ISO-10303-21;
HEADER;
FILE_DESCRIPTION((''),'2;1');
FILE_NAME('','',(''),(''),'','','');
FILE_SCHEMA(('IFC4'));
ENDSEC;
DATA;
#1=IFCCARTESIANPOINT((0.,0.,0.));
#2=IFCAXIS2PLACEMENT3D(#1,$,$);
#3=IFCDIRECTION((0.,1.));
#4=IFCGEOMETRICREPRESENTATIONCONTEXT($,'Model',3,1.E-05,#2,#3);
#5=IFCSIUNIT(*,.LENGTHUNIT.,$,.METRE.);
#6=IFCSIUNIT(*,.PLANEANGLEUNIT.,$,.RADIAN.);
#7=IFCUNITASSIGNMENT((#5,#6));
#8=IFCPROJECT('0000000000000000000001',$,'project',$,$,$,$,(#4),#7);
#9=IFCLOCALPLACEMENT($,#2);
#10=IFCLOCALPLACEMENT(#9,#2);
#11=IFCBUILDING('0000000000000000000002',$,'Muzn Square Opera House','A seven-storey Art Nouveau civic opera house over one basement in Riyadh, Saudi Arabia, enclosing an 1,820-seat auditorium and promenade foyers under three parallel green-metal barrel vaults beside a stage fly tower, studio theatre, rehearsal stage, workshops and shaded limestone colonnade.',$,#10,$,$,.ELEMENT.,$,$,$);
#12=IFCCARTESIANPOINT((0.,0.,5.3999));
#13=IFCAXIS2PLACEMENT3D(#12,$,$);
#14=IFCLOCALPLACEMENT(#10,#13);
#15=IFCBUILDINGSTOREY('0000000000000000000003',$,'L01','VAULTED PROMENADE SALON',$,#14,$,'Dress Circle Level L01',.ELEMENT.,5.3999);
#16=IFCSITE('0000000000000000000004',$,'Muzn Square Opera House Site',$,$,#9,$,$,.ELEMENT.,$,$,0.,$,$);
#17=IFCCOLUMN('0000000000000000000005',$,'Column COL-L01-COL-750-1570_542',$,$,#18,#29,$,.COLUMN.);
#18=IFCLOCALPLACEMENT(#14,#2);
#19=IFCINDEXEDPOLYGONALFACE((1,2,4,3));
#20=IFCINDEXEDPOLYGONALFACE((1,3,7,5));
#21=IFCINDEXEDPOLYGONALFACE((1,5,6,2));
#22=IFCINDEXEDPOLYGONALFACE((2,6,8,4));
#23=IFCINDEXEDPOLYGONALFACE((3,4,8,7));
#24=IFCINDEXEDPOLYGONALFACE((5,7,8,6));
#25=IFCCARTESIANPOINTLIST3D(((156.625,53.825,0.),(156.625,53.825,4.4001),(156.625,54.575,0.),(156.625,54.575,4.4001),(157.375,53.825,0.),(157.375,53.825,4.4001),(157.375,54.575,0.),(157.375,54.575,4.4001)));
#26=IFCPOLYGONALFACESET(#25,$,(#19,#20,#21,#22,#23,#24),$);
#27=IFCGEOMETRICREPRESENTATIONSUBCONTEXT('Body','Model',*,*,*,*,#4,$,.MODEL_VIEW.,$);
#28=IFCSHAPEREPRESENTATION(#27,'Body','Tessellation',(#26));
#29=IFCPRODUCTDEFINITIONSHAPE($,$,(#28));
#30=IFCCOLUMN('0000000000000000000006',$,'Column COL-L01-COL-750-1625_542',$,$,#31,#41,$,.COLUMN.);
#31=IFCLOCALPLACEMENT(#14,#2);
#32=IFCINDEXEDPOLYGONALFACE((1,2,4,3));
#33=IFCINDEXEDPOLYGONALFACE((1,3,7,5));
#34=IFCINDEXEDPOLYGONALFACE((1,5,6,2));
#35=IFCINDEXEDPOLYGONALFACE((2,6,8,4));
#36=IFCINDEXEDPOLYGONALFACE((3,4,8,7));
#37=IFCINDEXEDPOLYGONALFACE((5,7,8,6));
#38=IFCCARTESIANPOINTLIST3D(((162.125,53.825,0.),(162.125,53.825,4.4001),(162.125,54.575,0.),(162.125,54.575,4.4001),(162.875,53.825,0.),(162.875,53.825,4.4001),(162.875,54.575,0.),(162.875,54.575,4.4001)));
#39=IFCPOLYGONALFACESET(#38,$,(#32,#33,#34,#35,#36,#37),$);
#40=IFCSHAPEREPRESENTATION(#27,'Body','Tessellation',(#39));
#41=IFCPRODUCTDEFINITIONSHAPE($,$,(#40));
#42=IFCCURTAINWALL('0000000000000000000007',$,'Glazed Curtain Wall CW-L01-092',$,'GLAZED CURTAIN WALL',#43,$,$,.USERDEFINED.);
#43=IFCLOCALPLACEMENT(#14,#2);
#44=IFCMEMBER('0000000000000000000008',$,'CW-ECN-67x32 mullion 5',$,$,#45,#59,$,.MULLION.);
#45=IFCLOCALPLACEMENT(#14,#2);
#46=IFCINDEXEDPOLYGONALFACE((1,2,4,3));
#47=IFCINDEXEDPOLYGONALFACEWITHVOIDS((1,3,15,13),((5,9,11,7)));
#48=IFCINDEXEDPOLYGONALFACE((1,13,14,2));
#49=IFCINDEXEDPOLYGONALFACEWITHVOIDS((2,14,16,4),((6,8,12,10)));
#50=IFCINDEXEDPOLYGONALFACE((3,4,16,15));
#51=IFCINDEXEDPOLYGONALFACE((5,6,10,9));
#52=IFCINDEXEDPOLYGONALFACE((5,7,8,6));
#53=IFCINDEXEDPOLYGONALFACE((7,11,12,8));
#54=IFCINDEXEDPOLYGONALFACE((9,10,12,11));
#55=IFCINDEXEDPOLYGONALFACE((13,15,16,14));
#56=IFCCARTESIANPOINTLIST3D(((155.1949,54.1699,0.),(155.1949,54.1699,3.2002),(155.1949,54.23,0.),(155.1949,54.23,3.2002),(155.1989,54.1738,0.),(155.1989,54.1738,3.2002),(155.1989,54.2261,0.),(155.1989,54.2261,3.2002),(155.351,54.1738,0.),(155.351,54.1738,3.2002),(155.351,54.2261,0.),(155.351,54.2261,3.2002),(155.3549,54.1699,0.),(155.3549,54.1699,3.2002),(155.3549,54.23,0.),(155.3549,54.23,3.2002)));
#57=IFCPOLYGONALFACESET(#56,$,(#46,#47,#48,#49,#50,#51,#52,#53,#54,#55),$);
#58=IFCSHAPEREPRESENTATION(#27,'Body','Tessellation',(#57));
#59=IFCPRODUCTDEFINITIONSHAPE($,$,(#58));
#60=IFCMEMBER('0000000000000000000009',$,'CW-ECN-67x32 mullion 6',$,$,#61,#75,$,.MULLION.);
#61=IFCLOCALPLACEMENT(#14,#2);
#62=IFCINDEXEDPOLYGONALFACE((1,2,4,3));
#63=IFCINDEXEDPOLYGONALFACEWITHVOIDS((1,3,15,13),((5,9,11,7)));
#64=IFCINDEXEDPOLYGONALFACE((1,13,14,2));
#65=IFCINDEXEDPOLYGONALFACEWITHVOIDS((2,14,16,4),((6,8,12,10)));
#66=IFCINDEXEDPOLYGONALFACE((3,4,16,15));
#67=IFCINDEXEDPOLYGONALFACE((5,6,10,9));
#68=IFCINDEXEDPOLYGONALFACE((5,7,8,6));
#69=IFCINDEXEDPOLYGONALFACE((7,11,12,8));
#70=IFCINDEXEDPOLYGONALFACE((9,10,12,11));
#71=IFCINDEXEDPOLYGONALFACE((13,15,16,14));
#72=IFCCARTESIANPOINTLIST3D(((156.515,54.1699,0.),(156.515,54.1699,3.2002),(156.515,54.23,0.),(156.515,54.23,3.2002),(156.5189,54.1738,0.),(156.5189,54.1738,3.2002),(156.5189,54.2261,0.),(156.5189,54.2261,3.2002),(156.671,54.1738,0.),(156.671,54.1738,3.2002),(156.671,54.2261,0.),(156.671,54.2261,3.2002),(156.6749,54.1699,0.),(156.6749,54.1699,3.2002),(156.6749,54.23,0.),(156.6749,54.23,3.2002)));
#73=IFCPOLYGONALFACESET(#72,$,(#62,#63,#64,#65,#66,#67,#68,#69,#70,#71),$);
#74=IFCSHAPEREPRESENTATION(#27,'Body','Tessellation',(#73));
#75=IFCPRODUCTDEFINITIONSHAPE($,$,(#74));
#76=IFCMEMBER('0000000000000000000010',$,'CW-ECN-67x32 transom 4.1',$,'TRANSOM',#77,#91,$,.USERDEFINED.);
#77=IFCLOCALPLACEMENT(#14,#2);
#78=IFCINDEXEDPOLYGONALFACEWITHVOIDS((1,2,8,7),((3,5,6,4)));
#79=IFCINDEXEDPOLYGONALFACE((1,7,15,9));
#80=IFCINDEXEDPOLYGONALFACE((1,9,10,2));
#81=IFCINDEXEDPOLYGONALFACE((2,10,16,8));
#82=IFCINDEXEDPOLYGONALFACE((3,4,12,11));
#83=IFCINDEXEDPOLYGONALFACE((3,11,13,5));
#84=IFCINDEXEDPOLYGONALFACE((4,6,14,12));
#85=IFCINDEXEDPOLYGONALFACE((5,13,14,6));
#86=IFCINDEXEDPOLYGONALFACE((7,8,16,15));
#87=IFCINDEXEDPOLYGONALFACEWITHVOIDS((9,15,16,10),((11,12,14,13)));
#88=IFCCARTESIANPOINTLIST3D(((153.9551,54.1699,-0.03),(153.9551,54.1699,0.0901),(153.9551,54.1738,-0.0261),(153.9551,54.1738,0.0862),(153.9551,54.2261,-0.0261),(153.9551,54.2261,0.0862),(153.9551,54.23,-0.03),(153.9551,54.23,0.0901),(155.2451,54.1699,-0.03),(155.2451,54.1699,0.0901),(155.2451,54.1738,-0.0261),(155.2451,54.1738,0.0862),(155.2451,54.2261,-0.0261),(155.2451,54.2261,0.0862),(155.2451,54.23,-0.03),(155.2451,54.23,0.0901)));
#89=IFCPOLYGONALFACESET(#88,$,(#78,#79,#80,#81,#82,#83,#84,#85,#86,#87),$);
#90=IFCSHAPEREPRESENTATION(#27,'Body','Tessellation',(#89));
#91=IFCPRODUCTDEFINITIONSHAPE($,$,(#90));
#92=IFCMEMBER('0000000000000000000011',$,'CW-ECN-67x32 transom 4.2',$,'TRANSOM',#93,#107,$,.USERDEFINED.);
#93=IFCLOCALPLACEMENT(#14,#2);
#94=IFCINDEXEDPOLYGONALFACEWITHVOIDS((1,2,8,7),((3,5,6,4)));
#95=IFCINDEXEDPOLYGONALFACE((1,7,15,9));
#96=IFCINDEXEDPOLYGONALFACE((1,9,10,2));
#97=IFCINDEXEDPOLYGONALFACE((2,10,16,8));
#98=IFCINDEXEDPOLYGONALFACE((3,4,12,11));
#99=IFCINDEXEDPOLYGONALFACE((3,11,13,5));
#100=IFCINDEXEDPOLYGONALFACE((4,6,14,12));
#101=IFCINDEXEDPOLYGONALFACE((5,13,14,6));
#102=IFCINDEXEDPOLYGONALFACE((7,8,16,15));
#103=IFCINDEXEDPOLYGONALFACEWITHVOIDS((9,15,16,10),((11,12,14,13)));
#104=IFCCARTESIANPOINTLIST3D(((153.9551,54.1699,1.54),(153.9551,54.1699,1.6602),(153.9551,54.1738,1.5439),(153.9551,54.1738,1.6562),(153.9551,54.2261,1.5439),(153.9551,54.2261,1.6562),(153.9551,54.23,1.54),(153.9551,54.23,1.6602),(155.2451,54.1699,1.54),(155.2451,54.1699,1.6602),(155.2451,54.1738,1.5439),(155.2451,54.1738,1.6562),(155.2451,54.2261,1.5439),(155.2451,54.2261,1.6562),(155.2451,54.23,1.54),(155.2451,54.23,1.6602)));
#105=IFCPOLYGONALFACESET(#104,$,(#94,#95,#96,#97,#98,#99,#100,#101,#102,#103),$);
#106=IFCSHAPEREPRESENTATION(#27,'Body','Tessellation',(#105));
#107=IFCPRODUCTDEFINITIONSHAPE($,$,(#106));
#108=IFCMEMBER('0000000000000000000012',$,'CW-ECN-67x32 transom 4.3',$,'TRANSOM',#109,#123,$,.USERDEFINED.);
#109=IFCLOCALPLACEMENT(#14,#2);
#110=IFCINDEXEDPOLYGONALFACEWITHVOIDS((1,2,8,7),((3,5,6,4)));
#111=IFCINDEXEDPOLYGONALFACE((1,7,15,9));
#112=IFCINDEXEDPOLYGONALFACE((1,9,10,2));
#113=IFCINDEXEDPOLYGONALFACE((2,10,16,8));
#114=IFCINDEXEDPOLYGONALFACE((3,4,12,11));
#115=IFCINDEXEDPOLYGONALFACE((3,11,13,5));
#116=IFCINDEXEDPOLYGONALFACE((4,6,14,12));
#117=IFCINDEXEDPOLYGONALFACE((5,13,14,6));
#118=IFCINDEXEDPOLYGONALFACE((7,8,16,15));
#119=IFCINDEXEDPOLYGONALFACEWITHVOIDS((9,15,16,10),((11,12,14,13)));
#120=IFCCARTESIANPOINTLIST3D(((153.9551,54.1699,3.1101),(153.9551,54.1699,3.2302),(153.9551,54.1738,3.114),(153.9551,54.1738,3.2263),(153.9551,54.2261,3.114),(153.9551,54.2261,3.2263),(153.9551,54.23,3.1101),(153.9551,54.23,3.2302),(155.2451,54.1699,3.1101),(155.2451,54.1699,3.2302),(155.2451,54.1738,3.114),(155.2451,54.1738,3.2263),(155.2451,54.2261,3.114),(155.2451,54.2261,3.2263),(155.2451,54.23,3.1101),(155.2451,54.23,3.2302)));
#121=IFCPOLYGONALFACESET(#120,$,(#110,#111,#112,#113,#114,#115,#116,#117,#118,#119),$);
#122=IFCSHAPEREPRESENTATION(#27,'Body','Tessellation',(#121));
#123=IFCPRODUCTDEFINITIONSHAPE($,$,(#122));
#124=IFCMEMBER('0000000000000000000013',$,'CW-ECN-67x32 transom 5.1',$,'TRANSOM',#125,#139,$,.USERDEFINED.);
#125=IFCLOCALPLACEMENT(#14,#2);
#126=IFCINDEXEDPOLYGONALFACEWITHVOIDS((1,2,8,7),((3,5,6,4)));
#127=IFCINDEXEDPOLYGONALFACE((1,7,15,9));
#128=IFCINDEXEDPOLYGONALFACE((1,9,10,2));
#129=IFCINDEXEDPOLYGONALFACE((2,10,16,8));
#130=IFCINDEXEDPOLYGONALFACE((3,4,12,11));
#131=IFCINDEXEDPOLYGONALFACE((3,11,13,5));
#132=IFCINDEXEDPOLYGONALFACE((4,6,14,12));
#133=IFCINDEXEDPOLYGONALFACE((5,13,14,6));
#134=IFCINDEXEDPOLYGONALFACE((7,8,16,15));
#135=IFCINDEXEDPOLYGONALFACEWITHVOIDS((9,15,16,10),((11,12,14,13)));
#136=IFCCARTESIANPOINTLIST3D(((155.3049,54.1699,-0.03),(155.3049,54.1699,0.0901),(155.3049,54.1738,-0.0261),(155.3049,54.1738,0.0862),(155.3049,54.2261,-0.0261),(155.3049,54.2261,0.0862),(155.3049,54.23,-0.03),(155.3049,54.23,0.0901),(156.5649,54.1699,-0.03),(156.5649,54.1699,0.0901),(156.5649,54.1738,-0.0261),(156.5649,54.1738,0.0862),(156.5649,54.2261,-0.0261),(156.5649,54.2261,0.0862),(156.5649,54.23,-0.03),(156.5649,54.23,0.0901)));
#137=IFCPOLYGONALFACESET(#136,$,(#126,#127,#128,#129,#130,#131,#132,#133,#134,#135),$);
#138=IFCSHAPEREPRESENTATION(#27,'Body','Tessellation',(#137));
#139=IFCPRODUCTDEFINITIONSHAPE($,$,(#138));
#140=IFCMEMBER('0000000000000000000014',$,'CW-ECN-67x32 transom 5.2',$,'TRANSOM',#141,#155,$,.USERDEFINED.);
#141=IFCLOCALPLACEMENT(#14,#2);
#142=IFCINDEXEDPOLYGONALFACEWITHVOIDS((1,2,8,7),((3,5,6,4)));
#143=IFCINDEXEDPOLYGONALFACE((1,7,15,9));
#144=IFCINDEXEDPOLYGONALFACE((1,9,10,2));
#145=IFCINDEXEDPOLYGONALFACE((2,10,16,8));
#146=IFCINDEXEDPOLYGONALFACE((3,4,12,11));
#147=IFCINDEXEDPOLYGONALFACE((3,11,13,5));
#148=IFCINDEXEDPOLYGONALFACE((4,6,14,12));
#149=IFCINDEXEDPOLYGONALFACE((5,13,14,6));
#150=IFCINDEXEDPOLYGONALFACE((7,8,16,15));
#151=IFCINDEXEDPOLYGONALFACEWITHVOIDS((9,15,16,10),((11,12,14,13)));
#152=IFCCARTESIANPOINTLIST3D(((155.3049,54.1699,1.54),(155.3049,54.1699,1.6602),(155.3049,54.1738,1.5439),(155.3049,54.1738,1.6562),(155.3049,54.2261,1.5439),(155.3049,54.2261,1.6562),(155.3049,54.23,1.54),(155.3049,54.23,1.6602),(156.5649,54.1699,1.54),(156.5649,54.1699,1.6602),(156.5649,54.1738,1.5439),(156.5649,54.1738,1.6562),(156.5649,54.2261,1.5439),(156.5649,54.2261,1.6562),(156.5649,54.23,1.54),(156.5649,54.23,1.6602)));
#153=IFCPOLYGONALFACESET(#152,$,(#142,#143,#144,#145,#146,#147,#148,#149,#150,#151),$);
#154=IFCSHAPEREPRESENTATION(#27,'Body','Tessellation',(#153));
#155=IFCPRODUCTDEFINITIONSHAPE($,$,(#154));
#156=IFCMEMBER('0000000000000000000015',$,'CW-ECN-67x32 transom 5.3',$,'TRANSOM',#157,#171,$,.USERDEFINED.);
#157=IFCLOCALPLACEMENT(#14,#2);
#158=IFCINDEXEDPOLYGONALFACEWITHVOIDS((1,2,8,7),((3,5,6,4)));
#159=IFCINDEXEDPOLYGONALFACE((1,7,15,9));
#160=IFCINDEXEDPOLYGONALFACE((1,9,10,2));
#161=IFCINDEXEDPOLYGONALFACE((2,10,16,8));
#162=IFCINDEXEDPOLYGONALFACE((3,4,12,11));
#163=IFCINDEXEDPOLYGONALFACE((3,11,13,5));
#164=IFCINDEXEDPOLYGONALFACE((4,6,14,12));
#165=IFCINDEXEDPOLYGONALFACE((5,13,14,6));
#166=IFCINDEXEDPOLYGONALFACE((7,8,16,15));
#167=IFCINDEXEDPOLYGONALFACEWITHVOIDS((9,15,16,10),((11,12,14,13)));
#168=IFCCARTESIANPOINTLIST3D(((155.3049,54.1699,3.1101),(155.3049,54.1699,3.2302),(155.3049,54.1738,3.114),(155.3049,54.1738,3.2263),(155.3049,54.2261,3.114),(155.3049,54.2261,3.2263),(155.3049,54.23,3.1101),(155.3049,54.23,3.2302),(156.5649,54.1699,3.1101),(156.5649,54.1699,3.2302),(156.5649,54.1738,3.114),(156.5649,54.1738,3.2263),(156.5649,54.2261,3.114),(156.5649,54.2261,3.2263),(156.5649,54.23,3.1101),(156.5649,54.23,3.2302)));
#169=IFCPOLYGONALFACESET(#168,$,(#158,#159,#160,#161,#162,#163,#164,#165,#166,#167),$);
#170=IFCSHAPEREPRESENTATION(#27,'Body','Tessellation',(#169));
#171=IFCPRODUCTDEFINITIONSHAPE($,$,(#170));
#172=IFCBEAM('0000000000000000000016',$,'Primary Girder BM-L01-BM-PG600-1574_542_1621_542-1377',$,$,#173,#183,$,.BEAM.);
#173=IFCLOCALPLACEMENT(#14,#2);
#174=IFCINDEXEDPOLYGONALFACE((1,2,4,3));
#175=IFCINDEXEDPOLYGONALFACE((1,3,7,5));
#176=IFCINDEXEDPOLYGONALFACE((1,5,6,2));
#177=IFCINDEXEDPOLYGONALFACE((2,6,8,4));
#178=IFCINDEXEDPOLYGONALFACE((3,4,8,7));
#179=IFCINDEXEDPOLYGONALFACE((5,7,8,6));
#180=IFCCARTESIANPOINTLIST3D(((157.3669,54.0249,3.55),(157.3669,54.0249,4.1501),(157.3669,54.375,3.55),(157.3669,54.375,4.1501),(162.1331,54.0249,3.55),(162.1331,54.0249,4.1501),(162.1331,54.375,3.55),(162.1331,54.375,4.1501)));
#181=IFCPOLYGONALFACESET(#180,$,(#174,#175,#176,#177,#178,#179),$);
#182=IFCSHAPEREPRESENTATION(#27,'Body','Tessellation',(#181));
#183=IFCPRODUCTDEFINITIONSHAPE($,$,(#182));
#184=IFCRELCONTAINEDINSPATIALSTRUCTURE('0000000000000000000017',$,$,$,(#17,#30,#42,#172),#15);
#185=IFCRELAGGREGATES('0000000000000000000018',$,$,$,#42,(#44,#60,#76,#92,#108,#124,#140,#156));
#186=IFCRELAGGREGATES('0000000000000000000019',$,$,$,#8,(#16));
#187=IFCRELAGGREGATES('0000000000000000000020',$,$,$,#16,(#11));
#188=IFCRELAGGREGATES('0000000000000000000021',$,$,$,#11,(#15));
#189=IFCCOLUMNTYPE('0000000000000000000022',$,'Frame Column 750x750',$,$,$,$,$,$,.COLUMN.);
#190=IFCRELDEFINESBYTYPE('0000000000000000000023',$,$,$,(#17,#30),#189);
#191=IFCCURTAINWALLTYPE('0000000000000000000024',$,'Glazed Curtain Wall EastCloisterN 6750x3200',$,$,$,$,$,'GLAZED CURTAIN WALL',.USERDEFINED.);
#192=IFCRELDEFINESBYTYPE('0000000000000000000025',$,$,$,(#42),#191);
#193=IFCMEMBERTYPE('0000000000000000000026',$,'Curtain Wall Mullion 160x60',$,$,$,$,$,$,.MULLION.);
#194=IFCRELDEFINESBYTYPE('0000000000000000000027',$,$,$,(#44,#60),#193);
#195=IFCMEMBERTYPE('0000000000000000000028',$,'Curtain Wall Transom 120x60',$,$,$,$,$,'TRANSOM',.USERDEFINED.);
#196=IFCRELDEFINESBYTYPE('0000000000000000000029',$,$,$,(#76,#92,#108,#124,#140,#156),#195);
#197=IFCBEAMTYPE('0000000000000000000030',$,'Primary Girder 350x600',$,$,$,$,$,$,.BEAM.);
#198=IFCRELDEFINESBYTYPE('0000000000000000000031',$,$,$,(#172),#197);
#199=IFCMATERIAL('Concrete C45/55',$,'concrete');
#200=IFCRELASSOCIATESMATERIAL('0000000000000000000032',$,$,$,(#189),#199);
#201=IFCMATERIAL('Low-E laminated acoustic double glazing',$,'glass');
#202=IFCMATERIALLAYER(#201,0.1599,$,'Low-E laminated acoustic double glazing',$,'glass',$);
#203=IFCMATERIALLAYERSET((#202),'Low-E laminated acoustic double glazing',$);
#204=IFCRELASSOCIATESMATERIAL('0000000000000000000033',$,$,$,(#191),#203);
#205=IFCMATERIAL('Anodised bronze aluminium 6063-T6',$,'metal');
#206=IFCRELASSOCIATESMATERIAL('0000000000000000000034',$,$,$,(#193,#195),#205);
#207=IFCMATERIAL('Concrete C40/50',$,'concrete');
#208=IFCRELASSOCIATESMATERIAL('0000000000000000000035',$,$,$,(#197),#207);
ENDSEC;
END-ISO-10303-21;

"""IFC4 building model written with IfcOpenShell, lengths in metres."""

from ifc_helpers import new_model, si_unit, direction, frame, origin, origin_2d, place, context, subcontext, project, spatial, rectangle, hollow_rectangle, extrude, material, layer, layer_set, material_profile, profile_set, type_object, element, aggregate, save


model = new_model("IFC4")

# Units and contexts
model_context = context("Model", 3, precision=1e-05, world=origin(), true_north=direction((0.0, 1.0)))
body_context = subcontext(model_context, "Body", "Model", "MODEL_VIEW")
ifc_project = project(units=[si_unit("LENGTHUNIT", "METRE"), si_unit("PLANEANGLEUNIT", "RADIAN")], contexts=[model_context])

# Site, building, storey
site_placement = place(None, origin())
site = spatial("IfcSite", under=ifc_project, at=site_placement, Name="Muzn Square Opera House Site", CompositionType="ELEMENT", RefElevation=0.0)
building_placement = place(site_placement, origin())
building = spatial("IfcBuilding", under=site, at=building_placement, Name="Muzn Square Opera House", Description="A seven-storey Art Nouveau civic opera house over one basement in Riyadh, Saudi Arabia, enclosing an 1,820-seat auditorium and promenade foyers under three parallel green-metal barrel vaults beside a stage fly tower, studio theatre, rehearsal stage, workshops and shaded limestone colonnade.", CompositionType="ELEMENT")
storey_placement = place(building_placement, frame((0.0, 0.0, 5.3999)))
storey = spatial("IfcBuildingStorey", under=building, at=storey_placement, Name="L01", Description="VAULTED PROMENADE SALON", LongName="Dress Circle Level L01", CompositionType="ELEMENT", Elevation=5.3999)

# Columns
ifc_material_1 = material(Name="Concrete C45/55", Category="concrete")
ifc_material_profile_1 = material_profile(ifc_material_1, rectangle(XDim=0.75, YDim=0.75, at=origin_2d()), Name="RC 750x750", Category="concrete")
ifc_profile_set_1 = profile_set([ifc_material_profile_1], Name="Concrete C45/55")
column_type = type_object("IfcColumnType", Name="Frame Column 750x750", PredefinedType="COLUMN", material=ifc_profile_set_1)
for number, where, z_axis, x_axis, name in (
    (1, (157.0, 54.2, 0.0), (0.0, 0.0, 1.0), (1.0, 0.0, 0.0), "Column COL-L01-COL-750-1570_542"),
    (2, (162.5, 54.2, 0.0), (0.0, 0.0, 1.0), (1.0, 0.0, 0.0), "Column COL-L01-COL-750-1625_542"),
):
    element("IfcColumn", number, at=place(storey_placement, frame(where, z_axis=z_axis, x_axis=x_axis)), inside=storey, type_object=column_type, Name=name, PredefinedType="COLUMN", context=body_context, shape_type="SweptSolid", body=[
        extrude(rectangle(XDim=0.75, YDim=0.75, at=origin_2d()), origin(), (0.0, 0.0, 1.0), 4.4001),
    ])

# Curtain wall, members
ifc_material_2 = material(Name="Low-E laminated acoustic double glazing", Category="glass")
ifc_layer_1 = layer(ifc_material_2, 0.1599, Name="Low-E laminated acoustic double glazing", Category="glass")
ifc_layer_set_1 = layer_set([ifc_layer_1], Name="Low-E laminated acoustic double glazing")
curtain_wall_type = type_object("IfcCurtainWallType", Name="Glazed Curtain Wall EastCloisterN 6750x3200", ElementType="GLAZED CURTAIN WALL", PredefinedType="USERDEFINED", material=ifc_layer_set_1)
curtain_wall_placement = place(storey_placement, origin())
curtain_wall = element("IfcCurtainWall", 3, at=curtain_wall_placement, inside=storey, type_object=curtain_wall_type, Name="Glazed Curtain Wall CW-L01-092", ObjectType="GLAZED CURTAIN WALL", PredefinedType="USERDEFINED")
ifc_material_3 = material(Name="Anodised bronze aluminium 6063-T6", Category="metal")
ifc_material_profile_2 = material_profile(ifc_material_3, hollow_rectangle(XDim=0.0601, YDim=0.1599, WallThickness=0.0039, at=origin_2d()), Name="ALU 160x60x4", Category="metal")
ifc_profile_set_2 = profile_set([ifc_material_profile_2], Name="Anodised bronze aluminium 6063-T6")
member_type_1 = type_object("IfcMemberType", Name="Curtain Wall Mullion 160x60", PredefinedType="MULLION", material=ifc_profile_set_2)
member_1_placement = place(storey_placement, frame((155.2749, 54.2, 0.0), z_axis=(0.0, 0.0, 1.0), x_axis=(0.0, 1.0, 0.0)))
member_1 = element("IfcMember", 4, at=member_1_placement, type_object=member_type_1, Name="CW-ECN-67x32 mullion 5", PredefinedType="MULLION", context=body_context, shape_type="SweptSolid", body=[
    extrude(hollow_rectangle(XDim=0.0601, YDim=0.1599, WallThickness=0.0039, at=origin_2d()), origin(), (0.0, 0.0, 1.0), 3.2002),
])
member_2_placement = place(storey_placement, frame((156.595, 54.2, 0.0), z_axis=(0.0, 0.0, 1.0), x_axis=(0.0, 1.0, 0.0)))
member_2 = element("IfcMember", 5, at=member_2_placement, type_object=member_type_1, Name="CW-ECN-67x32 mullion 6", PredefinedType="MULLION", context=body_context, shape_type="SweptSolid", body=[
    extrude(hollow_rectangle(XDim=0.0601, YDim=0.1599, WallThickness=0.0039, at=origin_2d()), origin(), (0.0, 0.0, 1.0), 3.2002),
])
ifc_material_profile_3 = material_profile(ifc_material_3, hollow_rectangle(XDim=0.0601, YDim=0.1201, WallThickness=0.0039, at=origin_2d()), Name="ALU 120x60x4", Category="metal")
ifc_profile_set_3 = profile_set([ifc_material_profile_3], Name="Anodised bronze aluminium 6063-T6")
member_type_2 = type_object("IfcMemberType", Name="Curtain Wall Transom 120x60", ElementType="TRANSOM", PredefinedType="USERDEFINED", material=ifc_profile_set_3)
member_3_placement = place(storey_placement, frame((153.9551, 54.2, 0.03), z_axis=(1.0, 0.0, 0.0), x_axis=(0.0, 1.0, 0.0)))
member_3 = element("IfcMember", 6, at=member_3_placement, type_object=member_type_2, Name="CW-ECN-67x32 transom 4.1", ObjectType="TRANSOM", PredefinedType="USERDEFINED", context=body_context, shape_type="SweptSolid", body=[
    extrude(hollow_rectangle(XDim=0.0601, YDim=0.1201, WallThickness=0.0039, at=origin_2d()), origin(), (0.0, 0.0, 1.0), 1.29),
])
member_4_placement = place(storey_placement, frame((153.9551, 54.2, 1.6001), z_axis=(1.0, 0.0, 0.0), x_axis=(0.0, 1.0, 0.0)))
member_4 = element("IfcMember", 7, at=member_4_placement, type_object=member_type_2, Name="CW-ECN-67x32 transom 4.2", ObjectType="TRANSOM", PredefinedType="USERDEFINED", context=body_context, shape_type="SweptSolid", body=[
    extrude(hollow_rectangle(XDim=0.0601, YDim=0.1201, WallThickness=0.0039, at=origin_2d()), origin(), (0.0, 0.0, 1.0), 1.29),
])
member_5_placement = place(storey_placement, frame((153.9551, 54.2, 3.1702), z_axis=(1.0, 0.0, 0.0), x_axis=(0.0, 1.0, 0.0)))
member_5 = element("IfcMember", 8, at=member_5_placement, type_object=member_type_2, Name="CW-ECN-67x32 transom 4.3", ObjectType="TRANSOM", PredefinedType="USERDEFINED", context=body_context, shape_type="SweptSolid", body=[
    extrude(hollow_rectangle(XDim=0.0601, YDim=0.1201, WallThickness=0.0039, at=origin_2d()), origin(), (0.0, 0.0, 1.0), 1.29),
])
member_6_placement = place(storey_placement, frame((155.3049, 54.2, 0.03), z_axis=(1.0, 0.0, 0.0), x_axis=(0.0, 1.0, 0.0)))
member_6 = element("IfcMember", 9, at=member_6_placement, type_object=member_type_2, Name="CW-ECN-67x32 transom 5.1", ObjectType="TRANSOM", PredefinedType="USERDEFINED", context=body_context, shape_type="SweptSolid", body=[
    extrude(hollow_rectangle(XDim=0.0601, YDim=0.1201, WallThickness=0.0039, at=origin_2d()), origin(), (0.0, 0.0, 1.0), 1.26),
])
member_7_placement = place(storey_placement, frame((155.3049, 54.2, 1.6001), z_axis=(1.0, 0.0, 0.0), x_axis=(0.0, 1.0, 0.0)))
member_7 = element("IfcMember", 10, at=member_7_placement, type_object=member_type_2, Name="CW-ECN-67x32 transom 5.2", ObjectType="TRANSOM", PredefinedType="USERDEFINED", context=body_context, shape_type="SweptSolid", body=[
    extrude(hollow_rectangle(XDim=0.0601, YDim=0.1201, WallThickness=0.0039, at=origin_2d()), origin(), (0.0, 0.0, 1.0), 1.26),
])
member_8_placement = place(storey_placement, frame((155.3049, 54.2, 3.1702), z_axis=(1.0, 0.0, 0.0), x_axis=(0.0, 1.0, 0.0)))
member_8 = element("IfcMember", 11, at=member_8_placement, type_object=member_type_2, Name="CW-ECN-67x32 transom 5.3", ObjectType="TRANSOM", PredefinedType="USERDEFINED", context=body_context, shape_type="SweptSolid", body=[
    extrude(hollow_rectangle(XDim=0.0601, YDim=0.1201, WallThickness=0.0039, at=origin_2d()), origin(), (0.0, 0.0, 1.0), 1.26),
])

# Beam
ifc_material_4 = material(Name="Concrete C40/50", Category="concrete")
ifc_material_profile_4 = material_profile(ifc_material_4, rectangle(XDim=0.3501, YDim=0.6001, at=origin_2d()), Name="RCB 350x600", Category="concrete")
ifc_profile_set_4 = profile_set([ifc_material_profile_4], Name="Concrete C40/50")
beam_type = type_object("IfcBeamType", Name="Primary Girder 350x600", PredefinedType="BEAM", material=ifc_profile_set_4)
beam_placement = place(storey_placement, frame((157.3669, 54.2, 3.8501), z_axis=(1.0, 0.0, 0.0), x_axis=(0.0, 1.0, 0.0)))
element("IfcBeam", 12, at=beam_placement, inside=storey, type_object=beam_type, Name="Primary Girder BM-L01-BM-PG600-1574_542_1621_542-1377", PredefinedType="BEAM", context=body_context, shape_type="SweptSolid", body=[
    extrude(rectangle(XDim=0.3501, YDim=0.6001, at=origin_2d()), origin(), (0.0, 0.0, 1.0), 4.7661),
])

aggregate(curtain_wall, [member_1, member_2, member_3, member_4, member_5, member_6, member_7, member_8])

save(model, "model.ifc")
